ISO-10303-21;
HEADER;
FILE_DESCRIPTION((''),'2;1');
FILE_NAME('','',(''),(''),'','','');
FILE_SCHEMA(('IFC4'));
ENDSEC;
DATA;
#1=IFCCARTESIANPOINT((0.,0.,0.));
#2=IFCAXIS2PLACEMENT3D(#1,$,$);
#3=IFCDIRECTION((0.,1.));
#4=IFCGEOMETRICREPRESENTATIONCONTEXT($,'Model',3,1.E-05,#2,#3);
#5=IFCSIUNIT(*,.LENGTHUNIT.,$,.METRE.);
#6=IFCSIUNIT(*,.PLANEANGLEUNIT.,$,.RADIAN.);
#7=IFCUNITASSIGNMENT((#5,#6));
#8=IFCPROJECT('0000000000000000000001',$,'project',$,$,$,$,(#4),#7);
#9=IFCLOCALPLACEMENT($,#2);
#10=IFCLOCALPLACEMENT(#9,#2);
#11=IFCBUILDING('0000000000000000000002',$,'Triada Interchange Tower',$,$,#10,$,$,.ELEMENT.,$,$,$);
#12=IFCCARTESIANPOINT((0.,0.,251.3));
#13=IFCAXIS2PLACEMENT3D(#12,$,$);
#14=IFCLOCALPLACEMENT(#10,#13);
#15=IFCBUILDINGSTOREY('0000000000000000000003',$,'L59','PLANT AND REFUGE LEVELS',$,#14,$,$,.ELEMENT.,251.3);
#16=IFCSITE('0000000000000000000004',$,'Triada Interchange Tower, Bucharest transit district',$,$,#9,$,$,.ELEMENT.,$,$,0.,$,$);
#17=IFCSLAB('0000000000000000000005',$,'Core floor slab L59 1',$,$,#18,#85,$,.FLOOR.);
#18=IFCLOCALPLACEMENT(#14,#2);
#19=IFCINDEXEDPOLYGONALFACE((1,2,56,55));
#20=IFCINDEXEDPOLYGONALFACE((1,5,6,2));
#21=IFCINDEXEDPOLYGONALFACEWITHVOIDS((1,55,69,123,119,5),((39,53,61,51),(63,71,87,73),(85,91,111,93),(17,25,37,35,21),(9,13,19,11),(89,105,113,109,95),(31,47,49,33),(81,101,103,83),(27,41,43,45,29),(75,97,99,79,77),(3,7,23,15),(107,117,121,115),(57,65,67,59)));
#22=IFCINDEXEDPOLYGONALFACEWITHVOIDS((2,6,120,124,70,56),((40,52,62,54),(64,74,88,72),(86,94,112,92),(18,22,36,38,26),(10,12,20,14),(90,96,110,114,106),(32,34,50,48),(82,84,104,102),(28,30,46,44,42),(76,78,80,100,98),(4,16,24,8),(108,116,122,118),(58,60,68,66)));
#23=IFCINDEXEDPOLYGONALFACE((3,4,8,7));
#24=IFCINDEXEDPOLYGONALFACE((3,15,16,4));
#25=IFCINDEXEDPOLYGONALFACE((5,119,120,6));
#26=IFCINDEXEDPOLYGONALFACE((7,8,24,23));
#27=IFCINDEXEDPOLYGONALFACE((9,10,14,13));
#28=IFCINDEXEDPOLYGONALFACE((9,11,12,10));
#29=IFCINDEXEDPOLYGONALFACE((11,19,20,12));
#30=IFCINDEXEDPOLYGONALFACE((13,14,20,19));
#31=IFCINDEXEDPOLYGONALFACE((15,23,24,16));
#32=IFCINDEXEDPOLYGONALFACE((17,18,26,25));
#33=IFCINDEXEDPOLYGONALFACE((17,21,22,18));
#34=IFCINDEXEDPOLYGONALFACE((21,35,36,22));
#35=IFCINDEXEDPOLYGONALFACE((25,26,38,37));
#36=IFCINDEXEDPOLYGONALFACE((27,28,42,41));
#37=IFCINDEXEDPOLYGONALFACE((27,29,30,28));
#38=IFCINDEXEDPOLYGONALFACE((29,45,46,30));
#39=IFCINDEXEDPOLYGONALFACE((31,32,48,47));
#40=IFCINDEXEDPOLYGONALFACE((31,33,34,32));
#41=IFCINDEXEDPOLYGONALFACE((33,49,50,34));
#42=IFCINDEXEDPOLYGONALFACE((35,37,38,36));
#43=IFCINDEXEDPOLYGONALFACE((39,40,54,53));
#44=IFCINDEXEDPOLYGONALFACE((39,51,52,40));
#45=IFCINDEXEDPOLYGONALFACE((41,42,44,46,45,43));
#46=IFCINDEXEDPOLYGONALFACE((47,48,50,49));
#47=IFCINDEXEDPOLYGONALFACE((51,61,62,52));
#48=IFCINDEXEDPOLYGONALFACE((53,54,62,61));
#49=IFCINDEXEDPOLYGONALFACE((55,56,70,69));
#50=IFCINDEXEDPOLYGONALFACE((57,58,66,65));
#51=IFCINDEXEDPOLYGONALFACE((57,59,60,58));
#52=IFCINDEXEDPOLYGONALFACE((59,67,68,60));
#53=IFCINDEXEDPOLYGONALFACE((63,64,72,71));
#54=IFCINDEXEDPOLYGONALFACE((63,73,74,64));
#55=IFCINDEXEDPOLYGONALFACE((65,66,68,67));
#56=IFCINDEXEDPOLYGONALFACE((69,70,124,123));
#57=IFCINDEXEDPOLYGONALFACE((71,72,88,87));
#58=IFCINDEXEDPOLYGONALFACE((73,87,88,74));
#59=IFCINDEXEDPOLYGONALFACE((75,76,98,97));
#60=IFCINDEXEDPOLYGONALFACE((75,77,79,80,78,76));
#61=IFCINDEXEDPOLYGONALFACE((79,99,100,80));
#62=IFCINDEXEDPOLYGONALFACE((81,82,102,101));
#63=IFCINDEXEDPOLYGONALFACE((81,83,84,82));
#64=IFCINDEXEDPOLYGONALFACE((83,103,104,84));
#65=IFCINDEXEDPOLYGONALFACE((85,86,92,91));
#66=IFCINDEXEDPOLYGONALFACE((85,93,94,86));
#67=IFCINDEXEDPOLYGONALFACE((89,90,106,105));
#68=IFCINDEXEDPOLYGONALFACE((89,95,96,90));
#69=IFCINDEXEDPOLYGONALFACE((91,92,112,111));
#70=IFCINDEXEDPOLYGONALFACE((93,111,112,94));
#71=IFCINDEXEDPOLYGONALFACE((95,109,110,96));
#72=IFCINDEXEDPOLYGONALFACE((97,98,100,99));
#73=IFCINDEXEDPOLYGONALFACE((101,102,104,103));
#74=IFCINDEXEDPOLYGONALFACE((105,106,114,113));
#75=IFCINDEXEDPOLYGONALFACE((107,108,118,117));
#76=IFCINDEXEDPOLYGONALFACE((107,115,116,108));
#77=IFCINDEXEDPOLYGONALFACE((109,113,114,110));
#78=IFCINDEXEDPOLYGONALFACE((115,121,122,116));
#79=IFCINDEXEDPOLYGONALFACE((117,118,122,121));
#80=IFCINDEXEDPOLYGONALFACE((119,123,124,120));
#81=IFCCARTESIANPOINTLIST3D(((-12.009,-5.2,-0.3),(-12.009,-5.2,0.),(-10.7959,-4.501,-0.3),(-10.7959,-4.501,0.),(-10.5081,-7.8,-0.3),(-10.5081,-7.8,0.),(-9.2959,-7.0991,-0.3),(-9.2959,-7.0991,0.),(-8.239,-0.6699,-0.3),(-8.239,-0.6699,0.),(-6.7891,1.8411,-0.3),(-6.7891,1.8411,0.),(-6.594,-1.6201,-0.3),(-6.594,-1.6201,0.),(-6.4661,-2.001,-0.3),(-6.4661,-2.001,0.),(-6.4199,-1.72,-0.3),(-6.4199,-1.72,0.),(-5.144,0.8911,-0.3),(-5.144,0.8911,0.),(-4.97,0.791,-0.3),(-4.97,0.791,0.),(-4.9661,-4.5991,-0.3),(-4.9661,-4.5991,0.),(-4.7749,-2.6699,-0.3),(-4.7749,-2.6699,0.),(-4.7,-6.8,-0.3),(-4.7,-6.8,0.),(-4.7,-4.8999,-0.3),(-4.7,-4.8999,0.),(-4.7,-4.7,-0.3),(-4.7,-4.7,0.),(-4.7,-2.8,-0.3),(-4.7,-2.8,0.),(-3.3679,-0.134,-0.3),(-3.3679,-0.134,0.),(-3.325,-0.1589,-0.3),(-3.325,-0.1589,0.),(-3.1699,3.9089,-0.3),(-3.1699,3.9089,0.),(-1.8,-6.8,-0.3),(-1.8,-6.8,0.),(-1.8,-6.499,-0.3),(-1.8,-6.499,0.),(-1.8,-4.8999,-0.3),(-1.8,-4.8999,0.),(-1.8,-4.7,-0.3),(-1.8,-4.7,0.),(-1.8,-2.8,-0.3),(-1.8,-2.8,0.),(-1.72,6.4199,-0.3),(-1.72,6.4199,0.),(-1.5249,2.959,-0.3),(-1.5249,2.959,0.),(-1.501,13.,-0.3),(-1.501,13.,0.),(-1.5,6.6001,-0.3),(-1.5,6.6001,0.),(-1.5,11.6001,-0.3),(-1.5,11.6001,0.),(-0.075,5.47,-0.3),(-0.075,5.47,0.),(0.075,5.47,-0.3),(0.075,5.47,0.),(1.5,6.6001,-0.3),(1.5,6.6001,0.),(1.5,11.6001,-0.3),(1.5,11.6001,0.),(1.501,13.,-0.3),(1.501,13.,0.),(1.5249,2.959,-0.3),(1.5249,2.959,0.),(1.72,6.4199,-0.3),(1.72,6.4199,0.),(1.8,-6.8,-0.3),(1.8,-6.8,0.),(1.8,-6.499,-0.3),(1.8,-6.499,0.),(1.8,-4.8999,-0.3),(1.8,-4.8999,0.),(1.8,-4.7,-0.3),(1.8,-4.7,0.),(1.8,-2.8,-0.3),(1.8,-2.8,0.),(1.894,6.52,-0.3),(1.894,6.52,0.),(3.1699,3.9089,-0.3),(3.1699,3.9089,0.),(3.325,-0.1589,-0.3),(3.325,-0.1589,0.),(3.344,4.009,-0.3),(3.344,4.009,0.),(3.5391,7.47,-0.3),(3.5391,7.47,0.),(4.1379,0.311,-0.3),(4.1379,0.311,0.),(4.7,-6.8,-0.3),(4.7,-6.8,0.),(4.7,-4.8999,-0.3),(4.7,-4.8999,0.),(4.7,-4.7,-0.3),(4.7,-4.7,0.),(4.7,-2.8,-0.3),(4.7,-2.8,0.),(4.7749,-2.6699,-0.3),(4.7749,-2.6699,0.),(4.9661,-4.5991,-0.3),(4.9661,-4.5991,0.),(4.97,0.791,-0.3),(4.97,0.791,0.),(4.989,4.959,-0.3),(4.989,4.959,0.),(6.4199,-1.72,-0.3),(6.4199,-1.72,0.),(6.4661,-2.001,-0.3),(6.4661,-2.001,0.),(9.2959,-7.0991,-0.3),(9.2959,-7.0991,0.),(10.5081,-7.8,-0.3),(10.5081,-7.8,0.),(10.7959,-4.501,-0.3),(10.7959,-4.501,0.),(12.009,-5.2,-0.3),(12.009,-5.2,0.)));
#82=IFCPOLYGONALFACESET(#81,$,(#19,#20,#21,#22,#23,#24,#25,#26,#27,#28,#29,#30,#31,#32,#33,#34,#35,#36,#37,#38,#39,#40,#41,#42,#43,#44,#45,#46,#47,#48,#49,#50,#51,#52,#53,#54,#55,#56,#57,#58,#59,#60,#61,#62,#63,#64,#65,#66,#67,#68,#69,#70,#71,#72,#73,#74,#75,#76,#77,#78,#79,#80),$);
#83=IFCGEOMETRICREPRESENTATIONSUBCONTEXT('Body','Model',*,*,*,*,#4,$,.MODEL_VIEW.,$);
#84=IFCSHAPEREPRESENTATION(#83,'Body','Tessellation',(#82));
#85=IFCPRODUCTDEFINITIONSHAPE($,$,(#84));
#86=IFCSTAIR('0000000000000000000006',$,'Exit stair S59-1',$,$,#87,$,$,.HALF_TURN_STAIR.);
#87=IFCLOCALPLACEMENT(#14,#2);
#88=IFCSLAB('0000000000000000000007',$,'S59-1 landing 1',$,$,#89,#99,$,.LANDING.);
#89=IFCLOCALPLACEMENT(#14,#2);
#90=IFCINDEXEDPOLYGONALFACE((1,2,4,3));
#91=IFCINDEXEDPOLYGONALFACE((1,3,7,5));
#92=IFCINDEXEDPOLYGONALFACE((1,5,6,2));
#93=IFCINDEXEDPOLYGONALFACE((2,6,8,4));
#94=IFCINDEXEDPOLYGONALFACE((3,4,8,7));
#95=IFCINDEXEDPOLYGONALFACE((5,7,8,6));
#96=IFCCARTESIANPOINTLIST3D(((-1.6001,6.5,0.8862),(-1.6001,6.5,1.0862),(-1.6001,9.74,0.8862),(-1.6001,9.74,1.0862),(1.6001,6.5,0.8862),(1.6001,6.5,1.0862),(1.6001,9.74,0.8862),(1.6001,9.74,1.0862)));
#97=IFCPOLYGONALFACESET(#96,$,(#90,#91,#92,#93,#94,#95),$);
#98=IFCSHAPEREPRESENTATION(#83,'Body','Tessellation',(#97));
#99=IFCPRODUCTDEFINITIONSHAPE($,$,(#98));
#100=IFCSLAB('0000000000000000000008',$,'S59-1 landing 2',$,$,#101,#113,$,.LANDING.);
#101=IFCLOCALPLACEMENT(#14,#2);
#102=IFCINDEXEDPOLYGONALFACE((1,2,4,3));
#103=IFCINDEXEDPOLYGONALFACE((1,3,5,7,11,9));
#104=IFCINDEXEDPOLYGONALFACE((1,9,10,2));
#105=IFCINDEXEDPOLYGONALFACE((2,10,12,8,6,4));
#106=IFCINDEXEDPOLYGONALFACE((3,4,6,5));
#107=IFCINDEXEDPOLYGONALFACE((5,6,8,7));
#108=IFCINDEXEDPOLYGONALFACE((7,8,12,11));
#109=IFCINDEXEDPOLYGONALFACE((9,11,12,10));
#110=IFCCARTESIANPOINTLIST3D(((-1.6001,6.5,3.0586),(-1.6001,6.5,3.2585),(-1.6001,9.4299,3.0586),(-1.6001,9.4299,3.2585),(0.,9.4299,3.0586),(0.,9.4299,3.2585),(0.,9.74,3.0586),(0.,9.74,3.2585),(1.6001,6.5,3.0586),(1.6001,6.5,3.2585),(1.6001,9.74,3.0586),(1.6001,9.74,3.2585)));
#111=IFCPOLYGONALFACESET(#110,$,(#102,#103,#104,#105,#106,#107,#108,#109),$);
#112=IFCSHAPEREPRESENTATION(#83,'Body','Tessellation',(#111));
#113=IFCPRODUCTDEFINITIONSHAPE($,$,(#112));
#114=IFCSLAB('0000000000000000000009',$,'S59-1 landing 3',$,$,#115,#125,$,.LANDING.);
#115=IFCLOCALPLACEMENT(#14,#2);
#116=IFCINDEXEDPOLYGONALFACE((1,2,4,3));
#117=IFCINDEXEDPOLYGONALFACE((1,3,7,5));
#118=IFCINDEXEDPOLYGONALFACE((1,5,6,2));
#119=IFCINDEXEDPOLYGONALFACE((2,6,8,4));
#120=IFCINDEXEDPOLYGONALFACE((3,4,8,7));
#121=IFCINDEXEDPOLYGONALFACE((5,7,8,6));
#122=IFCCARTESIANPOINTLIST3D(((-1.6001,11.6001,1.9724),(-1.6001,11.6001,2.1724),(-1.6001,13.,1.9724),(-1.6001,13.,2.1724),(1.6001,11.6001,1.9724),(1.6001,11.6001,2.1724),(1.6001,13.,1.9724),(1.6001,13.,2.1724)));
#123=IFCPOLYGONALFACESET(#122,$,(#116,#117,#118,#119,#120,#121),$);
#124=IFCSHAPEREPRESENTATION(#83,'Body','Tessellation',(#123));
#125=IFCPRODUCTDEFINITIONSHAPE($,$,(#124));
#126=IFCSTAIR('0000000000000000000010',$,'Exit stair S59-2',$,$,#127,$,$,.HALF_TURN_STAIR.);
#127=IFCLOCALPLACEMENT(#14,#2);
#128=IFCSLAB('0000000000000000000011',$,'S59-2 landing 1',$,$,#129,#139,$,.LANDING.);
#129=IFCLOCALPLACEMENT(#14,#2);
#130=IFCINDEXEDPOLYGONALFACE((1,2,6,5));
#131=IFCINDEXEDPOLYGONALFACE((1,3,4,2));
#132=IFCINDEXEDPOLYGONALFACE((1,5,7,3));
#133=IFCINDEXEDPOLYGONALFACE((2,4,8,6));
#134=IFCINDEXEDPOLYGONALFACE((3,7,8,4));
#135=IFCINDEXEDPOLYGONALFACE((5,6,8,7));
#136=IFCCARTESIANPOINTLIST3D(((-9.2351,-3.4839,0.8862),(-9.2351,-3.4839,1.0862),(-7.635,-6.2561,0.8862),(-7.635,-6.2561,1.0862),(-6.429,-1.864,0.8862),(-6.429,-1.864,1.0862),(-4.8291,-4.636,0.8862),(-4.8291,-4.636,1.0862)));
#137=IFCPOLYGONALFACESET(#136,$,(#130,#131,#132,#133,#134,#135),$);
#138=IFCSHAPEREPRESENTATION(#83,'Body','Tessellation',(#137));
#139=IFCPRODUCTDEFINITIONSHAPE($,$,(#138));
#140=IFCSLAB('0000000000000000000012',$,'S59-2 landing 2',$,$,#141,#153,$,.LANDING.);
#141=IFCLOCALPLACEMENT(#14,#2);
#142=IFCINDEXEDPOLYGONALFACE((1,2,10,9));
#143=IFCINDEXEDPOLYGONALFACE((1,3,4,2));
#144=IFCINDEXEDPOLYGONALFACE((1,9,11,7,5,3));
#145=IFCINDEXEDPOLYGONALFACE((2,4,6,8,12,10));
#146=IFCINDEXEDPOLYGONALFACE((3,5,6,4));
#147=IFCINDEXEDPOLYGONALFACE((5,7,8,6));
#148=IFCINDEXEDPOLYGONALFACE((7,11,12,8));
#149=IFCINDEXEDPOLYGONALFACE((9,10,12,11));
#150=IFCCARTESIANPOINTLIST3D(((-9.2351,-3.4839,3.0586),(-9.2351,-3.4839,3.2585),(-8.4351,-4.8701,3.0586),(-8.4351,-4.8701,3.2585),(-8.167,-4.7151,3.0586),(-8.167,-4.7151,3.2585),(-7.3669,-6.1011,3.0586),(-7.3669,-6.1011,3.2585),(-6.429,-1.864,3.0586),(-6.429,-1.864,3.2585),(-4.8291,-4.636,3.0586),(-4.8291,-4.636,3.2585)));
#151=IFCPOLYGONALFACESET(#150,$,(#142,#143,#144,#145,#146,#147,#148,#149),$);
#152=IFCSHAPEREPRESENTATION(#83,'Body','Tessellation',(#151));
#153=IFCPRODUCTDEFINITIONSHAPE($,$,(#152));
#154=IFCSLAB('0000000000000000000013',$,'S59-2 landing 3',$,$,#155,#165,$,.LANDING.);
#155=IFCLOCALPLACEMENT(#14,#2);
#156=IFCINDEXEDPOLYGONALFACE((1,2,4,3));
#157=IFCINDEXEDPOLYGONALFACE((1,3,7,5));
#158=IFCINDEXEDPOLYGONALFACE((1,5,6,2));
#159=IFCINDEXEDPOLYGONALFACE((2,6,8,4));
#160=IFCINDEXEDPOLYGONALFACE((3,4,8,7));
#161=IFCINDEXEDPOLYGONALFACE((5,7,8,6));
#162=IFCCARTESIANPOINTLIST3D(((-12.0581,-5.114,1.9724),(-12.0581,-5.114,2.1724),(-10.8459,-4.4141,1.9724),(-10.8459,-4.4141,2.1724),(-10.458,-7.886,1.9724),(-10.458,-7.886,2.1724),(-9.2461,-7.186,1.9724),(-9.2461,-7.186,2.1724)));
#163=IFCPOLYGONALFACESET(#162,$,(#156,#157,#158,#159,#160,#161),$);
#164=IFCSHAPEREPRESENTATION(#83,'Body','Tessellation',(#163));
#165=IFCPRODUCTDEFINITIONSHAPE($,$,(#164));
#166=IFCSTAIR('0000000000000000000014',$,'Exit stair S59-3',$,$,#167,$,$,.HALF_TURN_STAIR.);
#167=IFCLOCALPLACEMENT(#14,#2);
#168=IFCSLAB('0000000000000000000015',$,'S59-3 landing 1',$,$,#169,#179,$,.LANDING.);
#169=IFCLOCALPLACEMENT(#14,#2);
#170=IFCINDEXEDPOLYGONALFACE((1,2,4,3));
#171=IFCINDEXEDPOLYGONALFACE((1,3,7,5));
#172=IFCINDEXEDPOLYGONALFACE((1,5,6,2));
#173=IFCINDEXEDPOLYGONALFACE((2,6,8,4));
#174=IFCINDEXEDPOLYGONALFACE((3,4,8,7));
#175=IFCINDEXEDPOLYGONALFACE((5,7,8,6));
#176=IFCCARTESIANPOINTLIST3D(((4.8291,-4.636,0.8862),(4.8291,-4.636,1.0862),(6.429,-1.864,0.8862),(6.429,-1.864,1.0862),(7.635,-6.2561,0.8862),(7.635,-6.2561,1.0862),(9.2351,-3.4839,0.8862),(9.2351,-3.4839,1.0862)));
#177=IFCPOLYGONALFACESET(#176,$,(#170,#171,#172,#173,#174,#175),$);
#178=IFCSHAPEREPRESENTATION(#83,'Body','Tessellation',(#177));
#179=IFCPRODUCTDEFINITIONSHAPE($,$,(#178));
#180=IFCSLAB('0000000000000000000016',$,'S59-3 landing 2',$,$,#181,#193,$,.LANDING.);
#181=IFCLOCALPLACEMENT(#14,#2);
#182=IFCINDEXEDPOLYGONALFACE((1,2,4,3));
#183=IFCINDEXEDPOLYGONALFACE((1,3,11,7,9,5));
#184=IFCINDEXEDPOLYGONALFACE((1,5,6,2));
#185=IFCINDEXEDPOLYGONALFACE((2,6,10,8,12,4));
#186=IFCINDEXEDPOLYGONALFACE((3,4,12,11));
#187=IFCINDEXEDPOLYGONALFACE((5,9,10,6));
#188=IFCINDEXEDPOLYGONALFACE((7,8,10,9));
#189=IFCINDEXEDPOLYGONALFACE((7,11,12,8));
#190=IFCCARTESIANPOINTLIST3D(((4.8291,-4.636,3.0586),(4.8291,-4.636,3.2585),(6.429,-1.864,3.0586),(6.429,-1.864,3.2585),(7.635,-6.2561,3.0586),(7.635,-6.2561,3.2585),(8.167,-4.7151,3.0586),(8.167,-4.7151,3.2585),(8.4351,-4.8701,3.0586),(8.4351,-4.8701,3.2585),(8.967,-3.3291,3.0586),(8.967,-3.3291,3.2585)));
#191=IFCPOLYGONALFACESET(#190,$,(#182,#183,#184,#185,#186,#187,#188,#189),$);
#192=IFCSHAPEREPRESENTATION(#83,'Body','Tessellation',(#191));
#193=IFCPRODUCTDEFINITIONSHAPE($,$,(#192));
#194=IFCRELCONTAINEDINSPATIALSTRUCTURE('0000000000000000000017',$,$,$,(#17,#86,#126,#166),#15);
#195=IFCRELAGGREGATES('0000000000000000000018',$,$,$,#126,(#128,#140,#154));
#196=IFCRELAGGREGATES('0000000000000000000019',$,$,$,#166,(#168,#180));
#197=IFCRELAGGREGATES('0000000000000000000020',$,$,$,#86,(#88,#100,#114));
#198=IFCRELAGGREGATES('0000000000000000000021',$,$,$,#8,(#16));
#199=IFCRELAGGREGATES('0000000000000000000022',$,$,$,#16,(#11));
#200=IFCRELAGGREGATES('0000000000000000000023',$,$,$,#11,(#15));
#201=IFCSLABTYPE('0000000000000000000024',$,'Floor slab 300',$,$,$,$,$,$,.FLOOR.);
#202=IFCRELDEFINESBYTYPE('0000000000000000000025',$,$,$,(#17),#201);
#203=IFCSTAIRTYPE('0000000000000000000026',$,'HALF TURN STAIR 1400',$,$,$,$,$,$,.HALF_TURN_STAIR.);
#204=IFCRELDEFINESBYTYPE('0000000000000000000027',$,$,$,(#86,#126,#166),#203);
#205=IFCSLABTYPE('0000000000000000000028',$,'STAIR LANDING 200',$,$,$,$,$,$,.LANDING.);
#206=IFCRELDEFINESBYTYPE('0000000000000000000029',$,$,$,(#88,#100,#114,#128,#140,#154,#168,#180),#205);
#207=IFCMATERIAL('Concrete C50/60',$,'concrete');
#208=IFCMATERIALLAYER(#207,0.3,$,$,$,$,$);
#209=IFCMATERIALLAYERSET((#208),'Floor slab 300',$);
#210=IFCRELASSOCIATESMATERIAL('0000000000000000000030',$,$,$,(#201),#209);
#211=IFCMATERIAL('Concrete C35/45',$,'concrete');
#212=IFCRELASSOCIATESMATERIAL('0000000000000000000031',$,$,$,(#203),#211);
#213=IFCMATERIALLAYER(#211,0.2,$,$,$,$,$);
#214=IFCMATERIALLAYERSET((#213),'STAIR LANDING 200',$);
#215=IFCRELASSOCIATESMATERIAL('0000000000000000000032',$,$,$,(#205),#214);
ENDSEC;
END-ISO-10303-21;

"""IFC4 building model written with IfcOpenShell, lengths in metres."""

from ifc_helpers import new_model, si_unit, direction, frame, origin, place, context, subcontext, project, spatial, polyline, outline, extrude, material, layer, layer_set, type_object, element, aggregate, save


model = new_model("IFC4")

# Units and contexts
model_context = context("Model", 3, precision=1e-05, world=origin(), true_north=direction((0.0, 1.0)))
body_context = subcontext(model_context, "Body", "Model", "MODEL_VIEW")
ifc_project = project(units=[si_unit("LENGTHUNIT", "METRE"), si_unit("PLANEANGLEUNIT", "RADIAN")], contexts=[model_context])

# Site, building, storey
site_placement = place(None, origin())
site = spatial("IfcSite", under=ifc_project, at=site_placement, Name="Triada Interchange Tower, Bucharest transit district", CompositionType="ELEMENT", RefElevation=0.0)
building_placement = place(site_placement, origin())
building = spatial("IfcBuilding", under=site, at=building_placement, Name="Triada Interchange Tower", CompositionType="ELEMENT")
storey_placement = place(building_placement, frame((0.0, 0.0, 251.3)))
storey = spatial("IfcBuildingStorey", under=building, at=storey_placement, Name="L59", Description="PLANT AND REFUGE LEVELS", CompositionType="ELEMENT", Elevation=251.3)

# Slab
ifc_material_1 = material(Name="Concrete C50/60", Category="concrete")
ifc_layer_1 = layer(ifc_material_1, 0.3)
ifc_layer_set_1 = layer_set([ifc_layer_1], Name="Floor slab 300")
slab_type_1 = type_object("IfcSlabType", Name="Floor slab 300", PredefinedType="FLOOR", material=ifc_layer_set_1)
slab_1_placement = place(storey_placement, frame((0.0, 0.0, -0.3)))
element("IfcSlab", 1, at=slab_1_placement, inside=storey, type_object=slab_type_1, Name="Core floor slab L59 1", PredefinedType="FLOOR", context=body_context, shape_type="SweptSolid", body=[
    extrude(outline(polyline([(12.009, -5.2), (10.5081, -7.8), (-10.5081, -7.8), (-12.009, -5.2), (-1.501, 13.0), (1.501, 13.0), (12.009, -5.2)]), holes=[polyline([(9.2959, -7.0991), (10.7959, -4.501), (6.4661, -2.001), (4.9661, -4.5991), (9.2959, -7.0991)]), polyline([(4.7749, -2.6699), (6.4199, -1.72), (4.97, 0.791), (4.1379, 0.311), (3.325, -0.1589), (4.7749, -2.6699)]), polyline([(1.894, 6.52), (3.344, 4.009), (4.989, 4.959), (3.5391, 7.47), (1.894, 6.52)]), polyline([(1.8, -4.8999), (1.8, -6.499), (1.8, -6.8), (4.7, -6.8), (4.7, -4.8999), (1.8, -4.8999)]), polyline([(4.7, -2.8), (1.8, -2.8), (1.8, -4.7), (4.7, -4.7), (4.7, -2.8)]), polyline([(0.075, 5.47), (1.5249, 2.959), (3.1699, 3.9089), (1.72, 6.4199), (0.075, 5.47)]), polyline([(-1.5, 11.6001), (-1.5, 6.6001), (1.5, 6.6001), (1.5, 11.6001), (-1.5, 11.6001)]), polyline([(-1.5249, 2.959), (-0.075, 5.47), (-1.72, 6.4199), (-3.1699, 3.9089), (-1.5249, 2.959)]), polyline([(-1.8, -2.8), (-4.7, -2.8), (-4.7, -4.7), (-1.8, -4.7), (-1.8, -2.8)]), polyline([(-4.7, -6.8), (-1.8, -6.8), (-1.8, -6.499), (-1.8, -4.8999), (-4.7, -4.8999), (-4.7, -6.8)]), polyline([(-3.3679, -0.134), (-4.97, 0.791), (-6.4199, -1.72), (-4.7749, -2.6699), (-3.325, -0.1589), (-3.3679, -0.134)]), polyline([(-10.7959, -4.501), (-9.2959, -7.0991), (-4.9661, -4.5991), (-6.4661, -2.001), (-10.7959, -4.501)]), polyline([(-6.594, -1.6201), (-5.144, 0.8911), (-6.7891, 1.8411), (-8.239, -0.6699), (-6.594, -1.6201)])]), origin(), (0.0, 0.0, 1.0), 0.3),
])

# Stairs, slabs
ifc_material_2 = material(Name="Concrete C35/45", Category="concrete")
stair_type = type_object("IfcStairType", Name="HALF TURN STAIR 1400", PredefinedType="HALF_TURN_STAIR", material=ifc_material_2)
stair_1_placement = place(storey_placement, origin())
stair_1 = element("IfcStair", 2, at=stair_1_placement, inside=storey, type_object=stair_type, Name="Exit stair S59-1", PredefinedType="HALF_TURN_STAIR")
ifc_layer_2 = layer(ifc_material_2, 0.2)
ifc_layer_set_2 = layer_set([ifc_layer_2], Name="STAIR LANDING 200")
slab_type_2 = type_object("IfcSlabType", Name="STAIR LANDING 200", PredefinedType="LANDING", material=ifc_layer_set_2)
slab_2_placement = place(storey_placement, frame((0.0, 0.0, 0.8862)))
slab_2 = element("IfcSlab", 3, at=slab_2_placement, type_object=slab_type_2, Name="S59-1 landing 1", PredefinedType="LANDING", context=body_context, shape_type="SweptSolid", body=[
    extrude(outline(polyline([(1.6001, 6.5), (1.6001, 9.74), (-1.6001, 9.74), (-1.6001, 6.5), (1.6001, 6.5)])), origin(), (0.0, 0.0, 1.0), 0.2),
])
slab_3_placement = place(storey_placement, frame((0.0, 0.0, 3.0586)))
slab_3 = element("IfcSlab", 4, at=slab_3_placement, type_object=slab_type_2, Name="S59-1 landing 2", PredefinedType="LANDING", context=body_context, shape_type="SweptSolid", body=[
    extrude(outline(polyline([(1.6001, 6.5), (1.6001, 9.74), (0.0, 9.74), (0.0, 9.4299), (-1.6001, 9.4299), (-1.6001, 6.5), (1.6001, 6.5)])), origin(), (0.0, 0.0, 1.0), 0.2),
])
slab_4_placement = place(storey_placement, frame((0.0, 0.0, 1.9724)))
slab_4 = element("IfcSlab", 5, at=slab_4_placement, type_object=slab_type_2, Name="S59-1 landing 3", PredefinedType="LANDING", context=body_context, shape_type="SweptSolid", body=[
    extrude(outline(polyline([(1.6001, 11.6001), (1.6001, 13.0), (-1.6001, 13.0), (-1.6001, 11.6001), (1.6001, 11.6001)])), origin(), (0.0, 0.0, 1.0), 0.2),
])
stair_2_placement = place(storey_placement, origin())
stair_2 = element("IfcStair", 6, at=stair_2_placement, inside=storey, type_object=stair_type, Name="Exit stair S59-2", PredefinedType="HALF_TURN_STAIR")
slab_5_placement = place(storey_placement, frame((0.0, 0.0, 0.8862)))
slab_5 = element("IfcSlab", 7, at=slab_5_placement, type_object=slab_type_2, Name="S59-2 landing 1", PredefinedType="LANDING", context=body_context, shape_type="SweptSolid", body=[
    extrude(outline(polyline([(-6.429, -1.864), (-9.2351, -3.4839), (-7.635, -6.2561), (-4.8291, -4.636), (-6.429, -1.864)])), origin(), (0.0, 0.0, 1.0), 0.2),
])
slab_6_placement = place(storey_placement, frame((0.0, 0.0, 3.0586)))
slab_6 = element("IfcSlab", 8, at=slab_6_placement, type_object=slab_type_2, Name="S59-2 landing 2", PredefinedType="LANDING", context=body_context, shape_type="SweptSolid", body=[
    extrude(outline(polyline([(-6.429, -1.864), (-9.2351, -3.4839), (-8.4351, -4.8701), (-8.167, -4.7151), (-7.3669, -6.1011), (-4.8291, -4.636), (-6.429, -1.864)])), origin(), (0.0, 0.0, 1.0), 0.2),
])
slab_7_placement = place(storey_placement, frame((0.0, 0.0, 1.9724)))
slab_7 = element("IfcSlab", 9, at=slab_7_placement, type_object=slab_type_2, Name="S59-2 landing 3", PredefinedType="LANDING", context=body_context, shape_type="SweptSolid", body=[
    extrude(outline(polyline([(-10.8459, -4.4141), (-12.0581, -5.114), (-10.458, -7.886), (-9.2461, -7.186), (-10.8459, -4.4141)])), origin(), (0.0, 0.0, 1.0), 0.2),
])
aggregate(stair_2, [slab_5, slab_6, slab_7])
stair_3_placement = place(storey_placement, origin())
stair_3 = element("IfcStair", 10, at=stair_3_placement, inside=storey, type_object=stair_type, Name="Exit stair S59-3", PredefinedType="HALF_TURN_STAIR")
slab_8_placement = place(storey_placement, frame((0.0, 0.0, 0.8862)))
slab_8 = element("IfcSlab", 11, at=slab_8_placement, type_object=slab_type_2, Name="S59-3 landing 1", PredefinedType="LANDING", context=body_context, shape_type="SweptSolid", body=[
    extrude(outline(polyline([(4.8291, -4.636), (7.635, -6.2561), (9.2351, -3.4839), (6.429, -1.864), (4.8291, -4.636)])), origin(), (0.0, 0.0, 1.0), 0.2),
])
slab_9_placement = place(storey_placement, frame((0.0, 0.0, 3.0586)))
slab_9 = element("IfcSlab", 12, at=slab_9_placement, type_object=slab_type_2, Name="S59-3 landing 2", PredefinedType="LANDING", context=body_context, shape_type="SweptSolid", body=[
    extrude(outline(polyline([(4.8291, -4.636), (7.635, -6.2561), (8.4351, -4.8701), (8.167, -4.7151), (8.967, -3.3291), (6.429, -1.864), (4.8291, -4.636)])), origin(), (0.0, 0.0, 1.0), 0.2),
])
aggregate(stair_3, [slab_8, slab_9])

aggregate(stair_1, [slab_2, slab_3, slab_4])

save(model, "model.ifc")
